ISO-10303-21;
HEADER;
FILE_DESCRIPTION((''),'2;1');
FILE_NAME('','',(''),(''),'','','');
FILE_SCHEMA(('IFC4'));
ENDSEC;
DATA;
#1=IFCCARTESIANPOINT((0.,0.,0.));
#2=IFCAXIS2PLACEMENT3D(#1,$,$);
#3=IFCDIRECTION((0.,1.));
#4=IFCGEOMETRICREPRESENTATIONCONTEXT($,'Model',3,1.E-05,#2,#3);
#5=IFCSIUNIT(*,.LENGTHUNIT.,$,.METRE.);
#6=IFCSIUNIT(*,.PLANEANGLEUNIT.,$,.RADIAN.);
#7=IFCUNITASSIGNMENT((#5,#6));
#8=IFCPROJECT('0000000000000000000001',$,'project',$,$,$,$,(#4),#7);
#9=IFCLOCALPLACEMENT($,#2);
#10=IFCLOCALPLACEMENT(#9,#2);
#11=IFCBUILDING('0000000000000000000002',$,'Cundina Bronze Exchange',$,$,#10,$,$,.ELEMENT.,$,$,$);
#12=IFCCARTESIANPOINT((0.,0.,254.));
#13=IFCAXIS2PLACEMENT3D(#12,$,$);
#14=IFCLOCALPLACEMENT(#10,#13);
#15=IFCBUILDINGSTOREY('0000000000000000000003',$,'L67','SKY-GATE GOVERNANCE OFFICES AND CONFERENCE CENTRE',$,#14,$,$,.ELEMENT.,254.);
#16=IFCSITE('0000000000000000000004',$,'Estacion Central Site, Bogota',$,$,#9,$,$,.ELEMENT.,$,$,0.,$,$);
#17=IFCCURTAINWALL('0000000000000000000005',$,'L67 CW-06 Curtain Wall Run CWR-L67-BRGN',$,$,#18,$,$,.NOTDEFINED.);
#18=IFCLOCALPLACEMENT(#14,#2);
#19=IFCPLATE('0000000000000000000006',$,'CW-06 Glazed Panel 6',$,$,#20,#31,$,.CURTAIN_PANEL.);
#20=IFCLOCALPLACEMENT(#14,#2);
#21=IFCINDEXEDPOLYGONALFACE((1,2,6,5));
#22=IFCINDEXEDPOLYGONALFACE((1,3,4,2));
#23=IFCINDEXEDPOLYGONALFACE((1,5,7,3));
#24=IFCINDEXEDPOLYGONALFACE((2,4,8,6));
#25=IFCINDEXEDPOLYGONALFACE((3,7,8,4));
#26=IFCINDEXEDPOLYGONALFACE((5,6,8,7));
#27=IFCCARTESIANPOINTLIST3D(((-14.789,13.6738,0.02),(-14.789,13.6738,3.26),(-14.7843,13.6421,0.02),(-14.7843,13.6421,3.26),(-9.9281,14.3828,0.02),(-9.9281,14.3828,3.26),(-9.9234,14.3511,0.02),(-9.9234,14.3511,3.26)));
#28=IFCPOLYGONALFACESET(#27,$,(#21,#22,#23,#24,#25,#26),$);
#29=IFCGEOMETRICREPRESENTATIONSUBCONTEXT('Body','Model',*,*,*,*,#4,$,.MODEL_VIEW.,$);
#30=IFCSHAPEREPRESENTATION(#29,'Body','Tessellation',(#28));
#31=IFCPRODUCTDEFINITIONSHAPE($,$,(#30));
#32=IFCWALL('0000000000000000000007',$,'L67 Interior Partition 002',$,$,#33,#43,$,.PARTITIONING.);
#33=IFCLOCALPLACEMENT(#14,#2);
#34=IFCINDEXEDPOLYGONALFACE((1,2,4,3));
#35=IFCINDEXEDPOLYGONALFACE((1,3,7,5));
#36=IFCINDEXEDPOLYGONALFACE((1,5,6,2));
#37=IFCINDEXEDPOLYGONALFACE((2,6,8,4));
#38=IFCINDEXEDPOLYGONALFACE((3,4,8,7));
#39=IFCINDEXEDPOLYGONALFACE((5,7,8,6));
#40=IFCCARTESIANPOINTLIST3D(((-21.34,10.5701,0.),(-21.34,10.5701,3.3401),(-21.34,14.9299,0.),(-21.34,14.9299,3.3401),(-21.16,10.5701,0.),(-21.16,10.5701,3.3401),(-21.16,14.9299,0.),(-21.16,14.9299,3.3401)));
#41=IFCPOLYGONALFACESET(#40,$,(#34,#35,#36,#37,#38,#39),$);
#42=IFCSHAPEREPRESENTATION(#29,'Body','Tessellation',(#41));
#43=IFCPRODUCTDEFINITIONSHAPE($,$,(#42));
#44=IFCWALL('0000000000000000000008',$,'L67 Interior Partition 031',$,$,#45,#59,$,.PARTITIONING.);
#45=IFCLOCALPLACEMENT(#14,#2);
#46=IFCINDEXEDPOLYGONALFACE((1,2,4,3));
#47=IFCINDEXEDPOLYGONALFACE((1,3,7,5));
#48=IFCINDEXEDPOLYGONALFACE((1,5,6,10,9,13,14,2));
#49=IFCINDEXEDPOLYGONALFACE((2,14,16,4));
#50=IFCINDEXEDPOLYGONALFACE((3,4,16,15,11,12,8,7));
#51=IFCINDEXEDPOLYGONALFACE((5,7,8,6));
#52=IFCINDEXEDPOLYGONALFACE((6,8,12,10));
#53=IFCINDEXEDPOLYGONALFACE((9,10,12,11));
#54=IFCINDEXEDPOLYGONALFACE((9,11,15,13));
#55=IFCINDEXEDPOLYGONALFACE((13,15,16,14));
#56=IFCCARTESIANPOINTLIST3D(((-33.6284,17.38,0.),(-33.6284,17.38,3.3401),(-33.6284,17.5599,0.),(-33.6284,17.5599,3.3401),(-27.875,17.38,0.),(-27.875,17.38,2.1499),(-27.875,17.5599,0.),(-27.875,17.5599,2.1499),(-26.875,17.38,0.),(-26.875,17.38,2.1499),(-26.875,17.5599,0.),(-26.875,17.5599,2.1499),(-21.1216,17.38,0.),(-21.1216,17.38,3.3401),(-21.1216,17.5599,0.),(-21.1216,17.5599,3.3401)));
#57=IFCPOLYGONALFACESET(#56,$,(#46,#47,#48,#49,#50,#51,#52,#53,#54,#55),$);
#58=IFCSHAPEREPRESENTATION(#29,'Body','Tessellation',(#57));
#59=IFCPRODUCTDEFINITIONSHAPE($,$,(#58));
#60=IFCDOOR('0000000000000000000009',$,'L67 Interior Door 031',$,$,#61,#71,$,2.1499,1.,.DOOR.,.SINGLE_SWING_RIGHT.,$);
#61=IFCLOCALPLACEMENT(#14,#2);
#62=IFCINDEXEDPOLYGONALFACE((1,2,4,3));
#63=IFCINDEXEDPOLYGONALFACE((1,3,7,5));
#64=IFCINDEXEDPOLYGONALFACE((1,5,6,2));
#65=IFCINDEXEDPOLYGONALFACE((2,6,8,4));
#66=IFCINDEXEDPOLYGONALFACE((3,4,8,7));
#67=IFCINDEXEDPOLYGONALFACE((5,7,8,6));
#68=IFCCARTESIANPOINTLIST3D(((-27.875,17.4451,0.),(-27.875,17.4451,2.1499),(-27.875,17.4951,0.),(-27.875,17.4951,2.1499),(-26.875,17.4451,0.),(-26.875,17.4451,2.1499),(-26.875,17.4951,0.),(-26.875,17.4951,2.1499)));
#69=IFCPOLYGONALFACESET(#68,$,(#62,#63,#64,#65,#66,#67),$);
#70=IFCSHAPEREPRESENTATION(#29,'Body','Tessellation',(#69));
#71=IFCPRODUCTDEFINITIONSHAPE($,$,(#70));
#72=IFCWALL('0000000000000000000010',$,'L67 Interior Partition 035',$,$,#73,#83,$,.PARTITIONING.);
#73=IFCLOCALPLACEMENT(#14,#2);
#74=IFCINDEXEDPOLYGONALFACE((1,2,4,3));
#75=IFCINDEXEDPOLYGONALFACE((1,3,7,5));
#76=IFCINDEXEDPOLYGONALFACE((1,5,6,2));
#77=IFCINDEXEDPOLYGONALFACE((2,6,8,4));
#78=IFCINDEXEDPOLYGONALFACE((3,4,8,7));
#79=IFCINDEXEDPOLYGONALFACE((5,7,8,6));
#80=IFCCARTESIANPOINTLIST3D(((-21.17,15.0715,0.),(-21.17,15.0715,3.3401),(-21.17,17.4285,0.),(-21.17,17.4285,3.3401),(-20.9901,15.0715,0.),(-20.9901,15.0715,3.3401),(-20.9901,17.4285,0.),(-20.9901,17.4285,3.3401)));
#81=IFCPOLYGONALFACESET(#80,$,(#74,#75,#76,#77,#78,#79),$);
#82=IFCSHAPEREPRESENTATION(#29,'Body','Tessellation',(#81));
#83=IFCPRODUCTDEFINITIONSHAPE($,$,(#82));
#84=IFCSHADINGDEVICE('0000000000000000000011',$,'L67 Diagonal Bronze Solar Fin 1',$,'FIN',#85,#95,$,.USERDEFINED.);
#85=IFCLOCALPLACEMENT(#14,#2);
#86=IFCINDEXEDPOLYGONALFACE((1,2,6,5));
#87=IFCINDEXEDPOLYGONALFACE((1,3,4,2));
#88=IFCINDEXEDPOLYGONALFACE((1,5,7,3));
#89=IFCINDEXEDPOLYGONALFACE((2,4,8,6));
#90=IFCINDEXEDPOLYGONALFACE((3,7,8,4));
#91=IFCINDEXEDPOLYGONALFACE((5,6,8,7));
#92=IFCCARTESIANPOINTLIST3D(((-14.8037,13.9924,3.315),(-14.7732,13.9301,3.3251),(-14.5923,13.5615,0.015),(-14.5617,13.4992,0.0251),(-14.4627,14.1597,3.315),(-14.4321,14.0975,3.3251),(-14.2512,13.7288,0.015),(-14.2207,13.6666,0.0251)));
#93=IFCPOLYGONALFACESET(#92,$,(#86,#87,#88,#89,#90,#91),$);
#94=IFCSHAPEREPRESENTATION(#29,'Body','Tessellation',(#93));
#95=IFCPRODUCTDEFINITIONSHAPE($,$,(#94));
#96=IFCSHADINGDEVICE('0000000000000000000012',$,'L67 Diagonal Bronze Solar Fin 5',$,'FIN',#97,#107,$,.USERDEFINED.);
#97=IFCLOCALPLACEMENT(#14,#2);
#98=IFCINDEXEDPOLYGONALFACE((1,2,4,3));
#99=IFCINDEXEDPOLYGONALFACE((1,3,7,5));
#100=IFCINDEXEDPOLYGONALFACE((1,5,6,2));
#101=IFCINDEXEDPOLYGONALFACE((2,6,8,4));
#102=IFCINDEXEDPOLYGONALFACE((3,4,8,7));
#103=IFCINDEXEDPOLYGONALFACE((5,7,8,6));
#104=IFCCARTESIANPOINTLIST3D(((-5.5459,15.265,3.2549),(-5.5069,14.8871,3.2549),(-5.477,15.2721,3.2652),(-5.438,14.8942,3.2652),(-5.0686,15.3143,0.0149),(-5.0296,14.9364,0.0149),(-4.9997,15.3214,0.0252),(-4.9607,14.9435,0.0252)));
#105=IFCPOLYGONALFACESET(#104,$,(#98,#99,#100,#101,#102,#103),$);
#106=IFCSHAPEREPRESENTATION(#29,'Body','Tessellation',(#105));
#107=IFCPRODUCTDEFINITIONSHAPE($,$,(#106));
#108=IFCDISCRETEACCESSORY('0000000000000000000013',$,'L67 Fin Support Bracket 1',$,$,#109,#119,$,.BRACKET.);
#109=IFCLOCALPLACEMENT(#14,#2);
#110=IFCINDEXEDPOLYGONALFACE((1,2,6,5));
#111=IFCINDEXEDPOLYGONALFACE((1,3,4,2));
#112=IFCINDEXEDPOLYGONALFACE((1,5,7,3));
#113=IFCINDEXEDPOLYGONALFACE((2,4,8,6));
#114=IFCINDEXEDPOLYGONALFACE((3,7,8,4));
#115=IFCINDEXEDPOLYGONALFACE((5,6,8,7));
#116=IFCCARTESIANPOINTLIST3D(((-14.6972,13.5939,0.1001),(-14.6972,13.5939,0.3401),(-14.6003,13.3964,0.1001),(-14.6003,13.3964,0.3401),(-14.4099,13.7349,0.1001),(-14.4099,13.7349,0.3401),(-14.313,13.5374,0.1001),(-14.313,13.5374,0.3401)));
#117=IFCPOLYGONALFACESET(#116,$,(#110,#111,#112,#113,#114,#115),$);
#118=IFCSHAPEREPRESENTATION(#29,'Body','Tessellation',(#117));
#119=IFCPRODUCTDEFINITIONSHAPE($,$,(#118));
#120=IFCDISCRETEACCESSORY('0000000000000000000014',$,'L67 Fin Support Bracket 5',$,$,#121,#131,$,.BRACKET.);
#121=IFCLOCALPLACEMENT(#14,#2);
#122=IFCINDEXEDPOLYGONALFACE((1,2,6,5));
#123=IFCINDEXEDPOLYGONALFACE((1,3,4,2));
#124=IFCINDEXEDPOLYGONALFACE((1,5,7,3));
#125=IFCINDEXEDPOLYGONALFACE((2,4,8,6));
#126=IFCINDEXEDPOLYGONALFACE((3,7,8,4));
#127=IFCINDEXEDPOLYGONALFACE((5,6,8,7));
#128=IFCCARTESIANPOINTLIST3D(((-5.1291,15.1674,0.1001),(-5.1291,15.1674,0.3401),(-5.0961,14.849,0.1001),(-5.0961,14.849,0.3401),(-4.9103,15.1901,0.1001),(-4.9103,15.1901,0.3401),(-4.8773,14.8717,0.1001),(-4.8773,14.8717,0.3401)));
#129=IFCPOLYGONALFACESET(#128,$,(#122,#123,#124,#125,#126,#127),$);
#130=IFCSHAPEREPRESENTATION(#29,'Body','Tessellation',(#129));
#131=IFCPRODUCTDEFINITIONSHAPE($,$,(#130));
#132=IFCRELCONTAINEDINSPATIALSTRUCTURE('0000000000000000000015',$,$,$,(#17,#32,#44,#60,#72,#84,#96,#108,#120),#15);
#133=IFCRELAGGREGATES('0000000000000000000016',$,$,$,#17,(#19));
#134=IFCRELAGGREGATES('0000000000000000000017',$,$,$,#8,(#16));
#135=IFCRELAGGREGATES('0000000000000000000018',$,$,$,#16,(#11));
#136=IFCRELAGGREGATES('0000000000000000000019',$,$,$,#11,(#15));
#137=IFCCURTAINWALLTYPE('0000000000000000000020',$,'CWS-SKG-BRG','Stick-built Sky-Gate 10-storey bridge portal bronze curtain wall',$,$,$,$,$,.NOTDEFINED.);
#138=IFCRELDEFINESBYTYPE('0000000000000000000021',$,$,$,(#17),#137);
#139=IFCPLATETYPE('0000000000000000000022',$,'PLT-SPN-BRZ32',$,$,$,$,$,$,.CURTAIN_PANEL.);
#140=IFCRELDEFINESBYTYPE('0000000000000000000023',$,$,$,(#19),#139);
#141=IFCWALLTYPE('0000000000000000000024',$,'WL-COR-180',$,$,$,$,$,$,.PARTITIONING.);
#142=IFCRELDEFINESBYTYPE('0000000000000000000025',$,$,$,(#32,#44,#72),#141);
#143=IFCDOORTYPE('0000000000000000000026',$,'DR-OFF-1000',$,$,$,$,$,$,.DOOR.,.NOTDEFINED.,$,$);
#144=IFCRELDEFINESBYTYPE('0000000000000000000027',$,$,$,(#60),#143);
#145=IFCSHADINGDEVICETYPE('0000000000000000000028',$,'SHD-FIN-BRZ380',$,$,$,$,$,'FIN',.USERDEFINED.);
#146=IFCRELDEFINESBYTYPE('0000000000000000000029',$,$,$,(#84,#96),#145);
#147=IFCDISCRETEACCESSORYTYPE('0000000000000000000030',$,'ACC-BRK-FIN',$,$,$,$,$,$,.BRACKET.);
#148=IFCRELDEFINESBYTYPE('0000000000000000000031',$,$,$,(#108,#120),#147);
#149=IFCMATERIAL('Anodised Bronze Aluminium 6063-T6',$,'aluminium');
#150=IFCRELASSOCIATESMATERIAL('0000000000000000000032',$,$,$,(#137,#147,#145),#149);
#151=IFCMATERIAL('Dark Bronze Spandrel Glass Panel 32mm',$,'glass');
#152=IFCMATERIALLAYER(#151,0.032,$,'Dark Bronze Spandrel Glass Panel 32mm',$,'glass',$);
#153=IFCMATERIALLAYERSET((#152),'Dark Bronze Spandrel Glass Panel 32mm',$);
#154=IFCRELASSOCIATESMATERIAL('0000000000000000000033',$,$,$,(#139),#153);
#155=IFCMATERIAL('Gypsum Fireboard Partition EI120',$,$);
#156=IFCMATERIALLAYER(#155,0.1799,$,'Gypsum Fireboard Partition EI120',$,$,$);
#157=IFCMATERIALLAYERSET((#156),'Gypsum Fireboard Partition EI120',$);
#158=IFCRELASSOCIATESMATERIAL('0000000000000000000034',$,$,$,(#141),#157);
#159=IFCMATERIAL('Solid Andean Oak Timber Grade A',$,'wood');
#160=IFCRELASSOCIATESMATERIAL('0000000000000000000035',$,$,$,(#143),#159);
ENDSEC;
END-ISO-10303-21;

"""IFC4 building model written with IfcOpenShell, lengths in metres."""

from ifc_helpers import new_model, si_unit, direction, frame, frame_2d, origin, origin_2d, place, context, subcontext, project, spatial, rectangle, extrude, material, layer, layer_set, material_profile, profile_set, type_object, element, fill, aggregate, save


model = new_model("IFC4")

# Units and contexts
model_context = context("Model", 3, precision=1e-05, world=origin(), true_north=direction((0.0, 1.0)))
body_context = subcontext(model_context, "Body", "Model", "MODEL_VIEW")
ifc_project = project(units=[si_unit("LENGTHUNIT", "METRE"), si_unit("PLANEANGLEUNIT", "RADIAN")], contexts=[model_context])

# Site, building, storey
site_placement = place(None, origin())
site = spatial("IfcSite", under=ifc_project, at=site_placement, Name="Estacion Central Site, Bogota", CompositionType="ELEMENT", RefElevation=0.0)
building_placement = place(site_placement, origin())
building = spatial("IfcBuilding", under=site, at=building_placement, Name="Cundina Bronze Exchange", CompositionType="ELEMENT")
storey_placement = place(building_placement, frame((0.0, 0.0, 254.0)))
storey = spatial("IfcBuildingStorey", under=building, at=storey_placement, Name="L67", Description="SKY-GATE GOVERNANCE OFFICES AND CONFERENCE CENTRE", CompositionType="ELEMENT", Elevation=254.0)

# Curtain wall
ifc_material_1 = material(Name="Anodised Bronze Aluminium 6063-T6", Category="aluminium")
curtain_wall_type = type_object("IfcCurtainWallType", Name="CWS-SKG-BRG", Description="Stick-built Sky-Gate 10-storey bridge portal bronze curtain wall", PredefinedType="NOTDEFINED", material=ifc_material_1)
curtain_wall_1_placement = place(storey_placement, origin())
curtain_wall_1 = element("IfcCurtainWall", 1, at=curtain_wall_1_placement, inside=storey, type_object=curtain_wall_type, Name="L67 CW-06 Curtain Wall Run CWR-L67-BRGN", PredefinedType="NOTDEFINED")

# Plate
ifc_material_2 = material(Name="Dark Bronze Spandrel Glass Panel 32mm", Category="glass")
ifc_layer_1 = layer(ifc_material_2, 0.032, Name="Dark Bronze Spandrel Glass Panel 32mm", Category="glass")
ifc_layer_set_1 = layer_set([ifc_layer_1], Name="Dark Bronze Spandrel Glass Panel 32mm")
plate_type_1 = type_object("IfcPlateType", Name="PLT-SPN-BRZ32", PredefinedType="CURTAIN_PANEL", material=ifc_layer_set_1)
plate_1_placement = place(storey_placement, frame((-12.3562, 14.0125, 0.02), z_axis=(0.0, 0.0, 1.0), x_axis=(-0.989528, -0.144339, 0.0)))
plate_1 = element("IfcPlate", 2, at=plate_1_placement, type_object=plate_type_1, Name="CW-06 Glazed Panel 6", PredefinedType="CURTAIN_PANEL", context=body_context, shape_type="SweptSolid", body=[
    extrude(rectangle(XDim=4.9124, YDim=0.032, at=origin_2d()), origin(), (0.0, 0.0, 1.0), 3.24),
])
aggregate(curtain_wall_1, [plate_1])

# Wall
ifc_material_3 = material(Name="Gypsum Fireboard Partition EI120")
ifc_layer_2 = layer(ifc_material_3, 0.1799, Name="Gypsum Fireboard Partition EI120")
ifc_layer_set_2 = layer_set([ifc_layer_2], Name="Gypsum Fireboard Partition EI120")
wall_type = type_object("IfcWallType", Name="WL-COR-180", PredefinedType="PARTITIONING", material=ifc_layer_set_2)
wall_1_placement = place(storey_placement, frame((-21.25, 10.5701, 0.0), z_axis=(0.0, 0.0, 1.0), x_axis=(0.0, 1.0, 0.0)))
element("IfcWall", 3, at=wall_1_placement, inside=storey, type_object=wall_type, Name="L67 Interior Partition 002", PredefinedType="PARTITIONING", context=body_context, shape_type="SweptSolid", body=[
    extrude(rectangle(XDim=4.3599, YDim=0.1799, at=frame_2d((2.1799, 0.0))), origin(), (0.0, 0.0, 1.0), 3.3401),
])

# Wall, opening, door
wall_2_placement = place(storey_placement, frame((-21.1216, 17.47, 0.0), z_axis=(0.0, 0.0, 1.0), x_axis=(-1.0, 0.0, 0.0)))
wall_2 = element("IfcWall", 4, at=wall_2_placement, inside=storey, type_object=wall_type, Name="L67 Interior Partition 031", PredefinedType="PARTITIONING", context=body_context, shape_type="SweptSolid", body=[
    extrude(rectangle(XDim=12.5068, YDim=0.1799, at=frame_2d((6.2534, 0.0))), origin(), (0.0, 0.0, 1.0), 3.3401),
])
opening_placement = place(wall_2_placement, frame((5.7534, 0.0, 0.0)))
opening = element("IfcOpeningElement", 5, at=opening_placement, cuts=wall_2, PredefinedType="OPENING", context=body_context, shape_type="SweptSolid", body=[
    extrude(rectangle(XDim=1.0, YDim=2.1499, at=frame_2d((0.5, 1.075))), frame((0.0, 0.0999, 0.0), z_axis=(0.0, -1.0, 0.0), x_axis=(1.0, 0.0, 0.0)), (0.0, 0.0, 1.0), 0.2),
])
ifc_material_4 = material(Name="Solid Andean Oak Timber Grade A", Category="wood")
door_type = type_object("IfcDoorType", Name="DR-OFF-1000", OperationType="NOTDEFINED", PredefinedType="DOOR", material=ifc_material_4)
door_placement = place(opening_placement, origin())
door = element("IfcDoor", 6, at=door_placement, inside=storey, type_object=door_type, Name="L67 Interior Door 031", OperationType="SINGLE_SWING_RIGHT", OverallHeight=2.1499, OverallWidth=1.0, PredefinedType="DOOR", context=body_context, shape_type="SweptSolid", body=[
    extrude(rectangle(XDim=1.0, YDim=2.1499, at=frame_2d((0.5, 1.075))), frame((0.0, 0.0249, 0.0), z_axis=(0.0, -1.0, 0.0), x_axis=(1.0, 0.0, 0.0)), (0.0, 0.0, 1.0), 0.05),
])
fill(opening, door)

# Wall
wall_3_placement = place(storey_placement, frame((-21.0801, 15.0715, 0.0), z_axis=(0.0, 0.0, 1.0), x_axis=(0.0, 1.0, 0.0)))
element("IfcWall", 7, at=wall_3_placement, inside=storey, type_object=wall_type, Name="L67 Interior Partition 035", PredefinedType="PARTITIONING", context=body_context, shape_type="SweptSolid", body=[
    extrude(rectangle(XDim=2.3569, YDim=0.1799, at=frame_2d((1.1785, 0.0))), origin(), (0.0, 0.0, 1.0), 3.3401),
])

# Shading devices
ifc_material_profile_1 = material_profile(ifc_material_1, rectangle(XDim=0.0701, YDim=0.3799, at=origin_2d()), Name="FIN70X380", Category="aluminium")
ifc_profile_set_1 = profile_set([ifc_material_profile_1], Name="Anodised Bronze Aluminium 6063-T6")
shading_device_type = type_object("IfcShadingDeviceType", Name="SHD-FIN-BRZ380", ElementType="FIN", PredefinedType="USERDEFINED", material=ifc_profile_set_1)
shading_device_1_placement = place(storey_placement, frame((-14.4065, 13.614, 0.02), z_axis=(-0.0634, 0.129217, 0.989588), x_axis=(0.4359, -0.888411, 0.143932)))
element("IfcShadingDevice", 8, at=shading_device_1_placement, inside=storey, type_object=shading_device_type, Name="L67 Diagonal Bronze Solar Fin 1", ObjectType="FIN", PredefinedType="USERDEFINED", context=body_context, shape_type="SweptSolid", body=[
    extrude(rectangle(XDim=0.0701, YDim=0.3799, at=origin_2d()), origin(), (0.0, 0.0, 1.0), 3.3347),
])
shading_device_2_placement = place(storey_placement, frame((-5.0146, 15.1289, 0.02), z_axis=(-0.145724, -0.015057, 0.989211), x_axis=(0.983972, 0.101669, 0.1465)))
element("IfcShadingDevice", 9, at=shading_device_2_placement, inside=storey, type_object=shading_device_type, Name="L67 Diagonal Bronze Solar Fin 5", ObjectType="FIN", PredefinedType="USERDEFINED", context=body_context, shape_type="SweptSolid", body=[
    extrude(rectangle(XDim=0.0701, YDim=0.3799, at=origin_2d()), origin(), (0.0, 0.0, 1.0), 3.2754),
])

# Discrete accessories
discrete_accessory_type = type_object("IfcDiscreteAccessoryType", Name="ACC-BRK-FIN", PredefinedType="BRACKET", material=ifc_material_1)
for number, where, z_axis, x_axis, name in (
    (10, (-14.5051, 13.5657, 0.1001), (0.0, 0.0, 1.0), (-0.440503, 0.897751, 0.0), "L67 Fin Support Bracket 1"),
    (11, (-5.0032, 15.0195, 0.1001), (0.0, 0.0, 1.0), (-0.994672, -0.103088, 0.0), "L67 Fin Support Bracket 5"),
):
    element("IfcDiscreteAccessory", number, at=place(storey_placement, frame(where, z_axis=z_axis, x_axis=x_axis)), inside=storey, type_object=discrete_accessory_type, Name=name, PredefinedType="BRACKET", context=body_context, shape_type="SweptSolid", body=[
        extrude(rectangle(XDim=0.22, YDim=0.3201, at=origin_2d()), origin(), (0.0, 0.0, 1.0), 0.24),
    ])

save(model, "model.ifc")
